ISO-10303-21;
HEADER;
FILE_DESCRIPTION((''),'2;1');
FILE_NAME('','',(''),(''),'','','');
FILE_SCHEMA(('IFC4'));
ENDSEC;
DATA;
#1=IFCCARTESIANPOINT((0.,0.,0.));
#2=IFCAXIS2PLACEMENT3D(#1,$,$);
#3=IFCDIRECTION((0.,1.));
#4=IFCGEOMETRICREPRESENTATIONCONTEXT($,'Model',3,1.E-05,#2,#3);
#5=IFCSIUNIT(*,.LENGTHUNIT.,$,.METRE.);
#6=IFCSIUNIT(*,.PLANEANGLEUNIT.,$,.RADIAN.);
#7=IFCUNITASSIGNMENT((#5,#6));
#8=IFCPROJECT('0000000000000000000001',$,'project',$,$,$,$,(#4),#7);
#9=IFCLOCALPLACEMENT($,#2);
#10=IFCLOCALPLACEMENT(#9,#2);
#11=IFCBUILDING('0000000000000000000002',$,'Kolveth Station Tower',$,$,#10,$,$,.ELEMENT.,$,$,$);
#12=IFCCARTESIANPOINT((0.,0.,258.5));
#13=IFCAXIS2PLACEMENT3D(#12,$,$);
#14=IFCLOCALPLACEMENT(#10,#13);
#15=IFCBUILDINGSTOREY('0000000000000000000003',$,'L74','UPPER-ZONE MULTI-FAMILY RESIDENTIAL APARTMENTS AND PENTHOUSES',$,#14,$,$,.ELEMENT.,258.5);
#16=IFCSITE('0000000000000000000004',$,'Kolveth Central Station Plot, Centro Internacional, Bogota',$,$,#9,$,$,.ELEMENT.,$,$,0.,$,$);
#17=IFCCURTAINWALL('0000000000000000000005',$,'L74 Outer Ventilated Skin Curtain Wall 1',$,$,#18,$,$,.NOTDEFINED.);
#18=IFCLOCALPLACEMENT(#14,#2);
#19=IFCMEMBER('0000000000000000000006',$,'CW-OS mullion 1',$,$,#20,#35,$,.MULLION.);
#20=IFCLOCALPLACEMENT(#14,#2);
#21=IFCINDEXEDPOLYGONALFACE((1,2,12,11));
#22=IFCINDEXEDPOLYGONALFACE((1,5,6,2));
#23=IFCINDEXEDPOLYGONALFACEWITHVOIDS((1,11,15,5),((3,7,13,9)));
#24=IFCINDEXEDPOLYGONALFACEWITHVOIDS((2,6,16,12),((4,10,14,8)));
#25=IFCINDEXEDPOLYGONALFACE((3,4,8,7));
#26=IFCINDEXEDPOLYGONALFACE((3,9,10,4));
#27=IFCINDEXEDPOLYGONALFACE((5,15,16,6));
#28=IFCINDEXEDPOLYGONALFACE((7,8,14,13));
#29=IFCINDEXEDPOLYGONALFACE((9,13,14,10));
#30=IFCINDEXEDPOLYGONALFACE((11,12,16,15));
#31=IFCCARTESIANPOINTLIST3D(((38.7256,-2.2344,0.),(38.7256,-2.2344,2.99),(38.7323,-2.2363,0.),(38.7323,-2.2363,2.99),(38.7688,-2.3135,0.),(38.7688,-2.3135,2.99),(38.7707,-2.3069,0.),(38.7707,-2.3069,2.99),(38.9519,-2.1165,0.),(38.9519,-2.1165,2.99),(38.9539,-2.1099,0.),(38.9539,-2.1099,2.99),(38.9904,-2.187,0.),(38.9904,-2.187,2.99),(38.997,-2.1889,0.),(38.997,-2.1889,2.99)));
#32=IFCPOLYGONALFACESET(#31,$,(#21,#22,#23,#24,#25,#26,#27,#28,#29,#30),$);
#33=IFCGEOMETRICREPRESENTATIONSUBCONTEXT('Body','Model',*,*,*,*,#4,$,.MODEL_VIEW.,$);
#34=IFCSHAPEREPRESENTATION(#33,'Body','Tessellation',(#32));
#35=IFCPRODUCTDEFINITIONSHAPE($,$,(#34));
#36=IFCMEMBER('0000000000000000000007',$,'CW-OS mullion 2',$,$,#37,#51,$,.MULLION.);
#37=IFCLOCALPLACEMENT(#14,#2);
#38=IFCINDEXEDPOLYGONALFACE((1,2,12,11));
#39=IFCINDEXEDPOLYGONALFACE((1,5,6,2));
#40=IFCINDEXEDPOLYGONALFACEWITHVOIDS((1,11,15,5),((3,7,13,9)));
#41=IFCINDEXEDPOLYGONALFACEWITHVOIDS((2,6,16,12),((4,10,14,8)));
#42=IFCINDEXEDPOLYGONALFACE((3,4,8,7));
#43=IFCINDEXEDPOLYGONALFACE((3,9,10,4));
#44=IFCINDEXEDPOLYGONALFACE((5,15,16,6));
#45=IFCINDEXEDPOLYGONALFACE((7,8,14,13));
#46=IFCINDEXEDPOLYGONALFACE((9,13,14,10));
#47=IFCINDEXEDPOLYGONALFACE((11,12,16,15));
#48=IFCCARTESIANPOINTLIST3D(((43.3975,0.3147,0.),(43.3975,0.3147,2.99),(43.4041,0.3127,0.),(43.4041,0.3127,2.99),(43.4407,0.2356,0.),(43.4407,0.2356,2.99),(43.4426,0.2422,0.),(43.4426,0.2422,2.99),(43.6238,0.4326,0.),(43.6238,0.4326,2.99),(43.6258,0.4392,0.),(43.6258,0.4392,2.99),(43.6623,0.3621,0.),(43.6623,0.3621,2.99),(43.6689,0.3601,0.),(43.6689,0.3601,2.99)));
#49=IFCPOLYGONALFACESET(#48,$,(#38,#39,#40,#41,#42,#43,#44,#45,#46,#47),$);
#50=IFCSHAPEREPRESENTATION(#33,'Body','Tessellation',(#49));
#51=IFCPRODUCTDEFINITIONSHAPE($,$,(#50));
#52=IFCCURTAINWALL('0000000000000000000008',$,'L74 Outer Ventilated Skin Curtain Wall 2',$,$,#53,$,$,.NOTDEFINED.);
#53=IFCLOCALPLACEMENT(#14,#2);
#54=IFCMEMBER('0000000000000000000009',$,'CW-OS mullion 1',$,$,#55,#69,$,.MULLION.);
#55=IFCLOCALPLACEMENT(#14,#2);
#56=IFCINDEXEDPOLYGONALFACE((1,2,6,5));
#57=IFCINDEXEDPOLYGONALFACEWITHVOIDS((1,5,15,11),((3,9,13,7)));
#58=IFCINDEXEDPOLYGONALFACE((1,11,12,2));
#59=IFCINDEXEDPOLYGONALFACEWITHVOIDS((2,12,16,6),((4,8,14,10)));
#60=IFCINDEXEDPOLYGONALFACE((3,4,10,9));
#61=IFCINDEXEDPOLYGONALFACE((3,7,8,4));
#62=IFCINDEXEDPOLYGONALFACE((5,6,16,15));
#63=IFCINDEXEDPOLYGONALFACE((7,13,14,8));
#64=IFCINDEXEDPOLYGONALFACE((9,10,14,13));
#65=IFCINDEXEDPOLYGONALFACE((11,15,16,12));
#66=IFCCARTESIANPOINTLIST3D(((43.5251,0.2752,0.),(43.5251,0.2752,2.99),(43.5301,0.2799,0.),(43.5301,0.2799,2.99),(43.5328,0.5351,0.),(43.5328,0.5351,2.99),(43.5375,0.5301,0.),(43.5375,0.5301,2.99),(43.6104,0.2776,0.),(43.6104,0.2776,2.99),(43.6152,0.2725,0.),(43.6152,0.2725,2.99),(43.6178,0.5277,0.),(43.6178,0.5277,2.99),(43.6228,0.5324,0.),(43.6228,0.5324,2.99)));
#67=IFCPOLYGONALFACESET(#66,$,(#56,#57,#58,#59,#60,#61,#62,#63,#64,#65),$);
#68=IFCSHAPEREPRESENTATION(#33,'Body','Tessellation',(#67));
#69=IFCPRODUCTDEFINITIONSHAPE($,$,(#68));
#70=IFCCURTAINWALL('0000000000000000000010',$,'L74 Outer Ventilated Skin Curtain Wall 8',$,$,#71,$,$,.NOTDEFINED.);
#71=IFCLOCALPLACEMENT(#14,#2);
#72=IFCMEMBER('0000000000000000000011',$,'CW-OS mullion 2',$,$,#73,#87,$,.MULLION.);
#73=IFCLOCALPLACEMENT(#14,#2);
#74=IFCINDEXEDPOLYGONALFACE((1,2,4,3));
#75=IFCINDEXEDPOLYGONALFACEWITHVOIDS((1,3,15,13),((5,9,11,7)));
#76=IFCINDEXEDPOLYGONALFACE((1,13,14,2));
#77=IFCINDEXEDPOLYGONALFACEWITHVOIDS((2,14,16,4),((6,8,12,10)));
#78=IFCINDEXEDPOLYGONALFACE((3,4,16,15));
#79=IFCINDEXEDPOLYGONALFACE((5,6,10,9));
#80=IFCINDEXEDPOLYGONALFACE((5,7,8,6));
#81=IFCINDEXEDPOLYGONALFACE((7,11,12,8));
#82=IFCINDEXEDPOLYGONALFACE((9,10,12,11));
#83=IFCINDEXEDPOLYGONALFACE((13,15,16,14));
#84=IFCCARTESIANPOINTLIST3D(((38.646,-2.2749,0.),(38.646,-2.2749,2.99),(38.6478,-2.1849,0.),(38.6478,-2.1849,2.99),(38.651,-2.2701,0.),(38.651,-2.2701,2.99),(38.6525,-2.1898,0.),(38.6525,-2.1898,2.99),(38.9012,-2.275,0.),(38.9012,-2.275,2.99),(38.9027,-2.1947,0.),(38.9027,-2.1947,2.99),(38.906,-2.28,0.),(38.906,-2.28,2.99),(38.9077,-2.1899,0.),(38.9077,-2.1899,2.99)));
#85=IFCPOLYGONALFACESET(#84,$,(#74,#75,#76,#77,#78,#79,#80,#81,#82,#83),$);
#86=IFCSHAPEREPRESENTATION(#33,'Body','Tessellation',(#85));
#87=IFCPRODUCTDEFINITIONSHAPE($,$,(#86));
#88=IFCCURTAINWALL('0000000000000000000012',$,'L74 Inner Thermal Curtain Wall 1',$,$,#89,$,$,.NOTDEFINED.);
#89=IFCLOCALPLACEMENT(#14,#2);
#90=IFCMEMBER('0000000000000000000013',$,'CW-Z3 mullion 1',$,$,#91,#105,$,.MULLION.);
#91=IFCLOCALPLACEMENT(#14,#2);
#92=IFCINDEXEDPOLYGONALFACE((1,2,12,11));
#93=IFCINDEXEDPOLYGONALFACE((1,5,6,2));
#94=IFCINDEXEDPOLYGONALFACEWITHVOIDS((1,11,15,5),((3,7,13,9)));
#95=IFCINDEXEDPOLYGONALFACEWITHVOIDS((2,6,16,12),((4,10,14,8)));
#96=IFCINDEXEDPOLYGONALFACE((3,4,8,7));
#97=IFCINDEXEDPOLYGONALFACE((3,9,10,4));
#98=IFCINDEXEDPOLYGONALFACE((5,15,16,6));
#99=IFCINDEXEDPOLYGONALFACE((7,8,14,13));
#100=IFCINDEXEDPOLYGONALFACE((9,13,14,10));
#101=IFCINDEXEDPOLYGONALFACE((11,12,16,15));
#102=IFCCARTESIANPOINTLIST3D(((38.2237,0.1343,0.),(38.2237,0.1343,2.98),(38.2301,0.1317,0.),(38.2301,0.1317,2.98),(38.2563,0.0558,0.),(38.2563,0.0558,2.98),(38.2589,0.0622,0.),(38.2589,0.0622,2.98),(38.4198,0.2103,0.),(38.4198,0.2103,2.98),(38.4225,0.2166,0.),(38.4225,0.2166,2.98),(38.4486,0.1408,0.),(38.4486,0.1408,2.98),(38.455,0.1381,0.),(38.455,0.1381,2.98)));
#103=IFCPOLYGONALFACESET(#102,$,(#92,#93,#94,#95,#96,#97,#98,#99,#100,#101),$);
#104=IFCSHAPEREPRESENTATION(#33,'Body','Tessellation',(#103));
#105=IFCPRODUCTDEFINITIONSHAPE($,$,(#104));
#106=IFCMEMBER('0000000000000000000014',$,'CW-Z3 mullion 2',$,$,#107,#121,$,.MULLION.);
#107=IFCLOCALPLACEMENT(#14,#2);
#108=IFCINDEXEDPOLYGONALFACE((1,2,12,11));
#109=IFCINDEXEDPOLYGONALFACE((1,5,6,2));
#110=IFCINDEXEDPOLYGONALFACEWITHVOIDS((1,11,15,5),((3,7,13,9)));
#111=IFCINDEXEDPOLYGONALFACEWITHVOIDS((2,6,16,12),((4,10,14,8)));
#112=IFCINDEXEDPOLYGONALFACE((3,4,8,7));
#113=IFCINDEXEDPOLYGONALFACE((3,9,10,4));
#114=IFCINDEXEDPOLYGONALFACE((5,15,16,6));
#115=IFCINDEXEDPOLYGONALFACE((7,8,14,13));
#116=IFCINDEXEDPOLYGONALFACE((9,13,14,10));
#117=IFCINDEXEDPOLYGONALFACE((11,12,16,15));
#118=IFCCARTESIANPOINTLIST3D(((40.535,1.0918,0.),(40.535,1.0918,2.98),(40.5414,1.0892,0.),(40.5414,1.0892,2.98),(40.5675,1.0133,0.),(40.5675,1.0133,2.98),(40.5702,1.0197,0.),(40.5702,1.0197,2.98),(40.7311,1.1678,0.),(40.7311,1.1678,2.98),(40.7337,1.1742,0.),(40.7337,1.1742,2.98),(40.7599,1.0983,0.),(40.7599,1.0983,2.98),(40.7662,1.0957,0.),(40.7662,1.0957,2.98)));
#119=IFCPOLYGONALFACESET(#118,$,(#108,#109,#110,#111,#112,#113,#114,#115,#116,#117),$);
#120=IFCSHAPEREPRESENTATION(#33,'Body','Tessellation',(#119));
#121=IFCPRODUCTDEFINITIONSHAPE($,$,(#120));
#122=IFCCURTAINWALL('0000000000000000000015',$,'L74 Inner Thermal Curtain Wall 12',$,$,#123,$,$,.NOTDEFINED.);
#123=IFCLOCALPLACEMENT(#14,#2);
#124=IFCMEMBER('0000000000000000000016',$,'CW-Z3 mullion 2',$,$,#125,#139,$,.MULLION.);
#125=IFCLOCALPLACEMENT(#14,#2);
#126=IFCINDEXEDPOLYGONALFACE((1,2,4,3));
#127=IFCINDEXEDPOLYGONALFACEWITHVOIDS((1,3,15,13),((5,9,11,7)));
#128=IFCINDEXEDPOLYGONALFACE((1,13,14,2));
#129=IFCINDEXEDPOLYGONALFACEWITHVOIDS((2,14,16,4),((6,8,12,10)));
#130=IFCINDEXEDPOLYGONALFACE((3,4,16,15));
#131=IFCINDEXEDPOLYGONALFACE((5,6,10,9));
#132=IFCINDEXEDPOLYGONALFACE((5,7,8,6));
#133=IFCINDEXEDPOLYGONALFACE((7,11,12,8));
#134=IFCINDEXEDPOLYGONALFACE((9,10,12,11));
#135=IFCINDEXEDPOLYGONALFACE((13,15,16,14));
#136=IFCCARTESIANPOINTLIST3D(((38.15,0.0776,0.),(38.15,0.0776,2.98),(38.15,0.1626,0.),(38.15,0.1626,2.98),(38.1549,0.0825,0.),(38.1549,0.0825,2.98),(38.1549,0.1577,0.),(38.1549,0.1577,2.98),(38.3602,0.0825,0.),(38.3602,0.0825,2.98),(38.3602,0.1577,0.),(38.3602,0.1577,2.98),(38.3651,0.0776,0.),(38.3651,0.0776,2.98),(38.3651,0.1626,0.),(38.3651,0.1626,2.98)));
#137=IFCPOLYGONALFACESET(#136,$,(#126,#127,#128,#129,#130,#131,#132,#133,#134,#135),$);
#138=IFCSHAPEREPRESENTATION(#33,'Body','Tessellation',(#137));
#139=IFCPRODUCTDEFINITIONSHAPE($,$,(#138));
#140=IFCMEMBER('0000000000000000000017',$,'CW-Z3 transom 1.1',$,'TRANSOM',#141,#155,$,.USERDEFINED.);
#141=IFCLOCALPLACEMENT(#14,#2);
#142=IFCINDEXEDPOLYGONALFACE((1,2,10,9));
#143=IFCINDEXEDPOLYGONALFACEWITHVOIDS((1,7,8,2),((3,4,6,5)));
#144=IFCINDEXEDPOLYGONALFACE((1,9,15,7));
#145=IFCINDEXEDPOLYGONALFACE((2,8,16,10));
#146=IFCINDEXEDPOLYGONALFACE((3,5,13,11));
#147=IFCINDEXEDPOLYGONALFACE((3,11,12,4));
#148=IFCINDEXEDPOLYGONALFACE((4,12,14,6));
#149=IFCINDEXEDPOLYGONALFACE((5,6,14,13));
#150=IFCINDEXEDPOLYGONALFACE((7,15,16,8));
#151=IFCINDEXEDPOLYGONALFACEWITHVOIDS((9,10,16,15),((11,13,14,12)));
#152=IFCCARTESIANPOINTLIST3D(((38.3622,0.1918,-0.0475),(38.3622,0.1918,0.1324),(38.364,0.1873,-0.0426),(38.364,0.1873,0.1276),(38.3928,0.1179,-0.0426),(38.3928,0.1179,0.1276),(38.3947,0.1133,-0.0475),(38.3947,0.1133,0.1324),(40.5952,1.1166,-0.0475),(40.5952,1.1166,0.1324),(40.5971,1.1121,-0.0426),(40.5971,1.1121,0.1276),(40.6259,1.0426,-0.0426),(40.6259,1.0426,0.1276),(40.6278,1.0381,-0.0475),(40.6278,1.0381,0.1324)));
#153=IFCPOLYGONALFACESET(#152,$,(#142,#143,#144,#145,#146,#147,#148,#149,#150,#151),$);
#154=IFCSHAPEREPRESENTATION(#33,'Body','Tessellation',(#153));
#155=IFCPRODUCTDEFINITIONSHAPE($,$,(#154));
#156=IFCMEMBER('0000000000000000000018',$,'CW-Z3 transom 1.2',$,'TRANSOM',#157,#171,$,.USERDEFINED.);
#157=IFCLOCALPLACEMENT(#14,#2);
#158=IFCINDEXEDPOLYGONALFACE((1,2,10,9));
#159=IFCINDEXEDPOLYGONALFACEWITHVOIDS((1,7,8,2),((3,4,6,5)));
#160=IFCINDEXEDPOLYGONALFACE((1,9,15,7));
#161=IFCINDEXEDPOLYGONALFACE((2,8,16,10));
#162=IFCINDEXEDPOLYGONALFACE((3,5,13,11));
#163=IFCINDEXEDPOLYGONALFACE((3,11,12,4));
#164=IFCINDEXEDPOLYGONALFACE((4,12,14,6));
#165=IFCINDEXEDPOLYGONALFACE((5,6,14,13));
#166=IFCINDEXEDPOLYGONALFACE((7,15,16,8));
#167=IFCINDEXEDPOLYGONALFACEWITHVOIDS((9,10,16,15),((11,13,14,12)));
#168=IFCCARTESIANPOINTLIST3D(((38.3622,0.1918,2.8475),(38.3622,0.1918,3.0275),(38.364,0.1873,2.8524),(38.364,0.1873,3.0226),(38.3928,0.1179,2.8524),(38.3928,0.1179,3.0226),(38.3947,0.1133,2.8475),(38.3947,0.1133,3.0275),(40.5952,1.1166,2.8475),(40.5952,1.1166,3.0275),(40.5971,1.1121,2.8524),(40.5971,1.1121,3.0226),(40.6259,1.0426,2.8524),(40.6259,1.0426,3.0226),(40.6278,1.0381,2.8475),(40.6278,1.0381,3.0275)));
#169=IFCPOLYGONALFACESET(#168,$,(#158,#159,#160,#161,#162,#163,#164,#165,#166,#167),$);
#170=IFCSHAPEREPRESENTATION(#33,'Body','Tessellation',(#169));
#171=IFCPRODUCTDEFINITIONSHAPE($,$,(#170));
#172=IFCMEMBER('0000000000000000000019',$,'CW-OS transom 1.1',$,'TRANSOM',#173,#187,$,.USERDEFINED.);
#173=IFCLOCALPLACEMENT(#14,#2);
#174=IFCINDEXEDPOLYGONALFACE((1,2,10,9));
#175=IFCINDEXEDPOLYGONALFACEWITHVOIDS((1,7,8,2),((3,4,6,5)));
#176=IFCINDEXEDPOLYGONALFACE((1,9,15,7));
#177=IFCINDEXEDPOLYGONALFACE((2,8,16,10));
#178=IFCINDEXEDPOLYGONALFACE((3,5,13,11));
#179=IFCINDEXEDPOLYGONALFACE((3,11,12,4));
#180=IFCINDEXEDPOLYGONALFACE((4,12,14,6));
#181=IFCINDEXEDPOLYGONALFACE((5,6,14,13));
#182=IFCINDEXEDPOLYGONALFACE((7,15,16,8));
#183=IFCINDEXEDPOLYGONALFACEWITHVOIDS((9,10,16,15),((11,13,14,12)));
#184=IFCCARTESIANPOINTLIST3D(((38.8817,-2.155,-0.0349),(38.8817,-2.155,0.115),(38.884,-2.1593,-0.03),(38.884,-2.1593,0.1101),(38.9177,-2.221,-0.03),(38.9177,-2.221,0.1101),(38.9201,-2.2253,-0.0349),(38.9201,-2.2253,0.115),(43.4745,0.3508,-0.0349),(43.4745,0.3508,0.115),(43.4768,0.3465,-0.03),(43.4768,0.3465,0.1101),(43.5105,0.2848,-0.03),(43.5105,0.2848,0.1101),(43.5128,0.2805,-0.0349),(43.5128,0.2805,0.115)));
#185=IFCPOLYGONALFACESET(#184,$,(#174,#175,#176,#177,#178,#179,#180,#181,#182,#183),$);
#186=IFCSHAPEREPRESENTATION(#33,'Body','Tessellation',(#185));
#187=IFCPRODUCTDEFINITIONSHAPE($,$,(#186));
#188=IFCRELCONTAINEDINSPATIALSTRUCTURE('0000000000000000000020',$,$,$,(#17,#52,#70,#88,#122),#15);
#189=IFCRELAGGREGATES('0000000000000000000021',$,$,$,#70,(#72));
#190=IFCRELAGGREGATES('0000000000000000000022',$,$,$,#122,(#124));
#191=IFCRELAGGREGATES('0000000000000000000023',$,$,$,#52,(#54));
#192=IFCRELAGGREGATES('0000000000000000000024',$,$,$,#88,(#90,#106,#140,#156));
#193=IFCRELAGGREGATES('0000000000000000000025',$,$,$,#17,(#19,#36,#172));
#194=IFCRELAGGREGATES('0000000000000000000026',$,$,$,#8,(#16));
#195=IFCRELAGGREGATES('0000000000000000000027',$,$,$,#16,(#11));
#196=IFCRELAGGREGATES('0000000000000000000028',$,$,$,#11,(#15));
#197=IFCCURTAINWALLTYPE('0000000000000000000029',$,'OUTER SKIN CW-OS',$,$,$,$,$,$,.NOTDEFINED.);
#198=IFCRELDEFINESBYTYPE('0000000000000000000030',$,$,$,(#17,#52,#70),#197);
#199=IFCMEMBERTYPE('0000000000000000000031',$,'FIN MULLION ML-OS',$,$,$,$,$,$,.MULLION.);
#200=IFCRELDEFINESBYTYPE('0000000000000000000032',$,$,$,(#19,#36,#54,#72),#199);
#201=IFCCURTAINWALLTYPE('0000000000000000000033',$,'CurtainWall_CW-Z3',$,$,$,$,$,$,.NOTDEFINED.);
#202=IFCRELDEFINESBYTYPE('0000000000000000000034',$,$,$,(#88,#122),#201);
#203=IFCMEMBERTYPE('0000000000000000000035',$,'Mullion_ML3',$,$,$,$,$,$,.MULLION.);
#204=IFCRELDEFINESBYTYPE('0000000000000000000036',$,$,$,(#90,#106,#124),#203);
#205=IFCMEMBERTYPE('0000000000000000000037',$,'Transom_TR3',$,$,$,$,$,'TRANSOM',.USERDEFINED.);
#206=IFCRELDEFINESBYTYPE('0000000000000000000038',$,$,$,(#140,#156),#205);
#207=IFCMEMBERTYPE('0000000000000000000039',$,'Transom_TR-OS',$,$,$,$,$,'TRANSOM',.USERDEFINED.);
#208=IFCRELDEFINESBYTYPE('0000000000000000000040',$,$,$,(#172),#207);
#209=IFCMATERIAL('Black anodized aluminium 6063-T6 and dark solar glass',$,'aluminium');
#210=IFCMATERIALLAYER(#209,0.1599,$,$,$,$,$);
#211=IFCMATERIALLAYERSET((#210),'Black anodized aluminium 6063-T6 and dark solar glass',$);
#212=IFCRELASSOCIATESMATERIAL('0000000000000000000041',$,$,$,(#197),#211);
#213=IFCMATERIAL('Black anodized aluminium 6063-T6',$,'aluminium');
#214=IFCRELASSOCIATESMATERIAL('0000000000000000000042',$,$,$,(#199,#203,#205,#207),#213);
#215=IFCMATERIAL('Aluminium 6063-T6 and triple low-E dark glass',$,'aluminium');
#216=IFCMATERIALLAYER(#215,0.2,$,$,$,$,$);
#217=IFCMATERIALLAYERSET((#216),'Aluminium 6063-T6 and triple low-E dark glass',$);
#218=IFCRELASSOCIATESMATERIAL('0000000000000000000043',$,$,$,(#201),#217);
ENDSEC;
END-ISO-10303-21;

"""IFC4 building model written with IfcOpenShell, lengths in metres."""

from ifc_helpers import new_model, si_unit, direction, frame, origin, origin_2d, place, context, subcontext, project, spatial, hollow_rectangle, extrude, source, transform, mapped, material, layer, layer_set, material_profile, profile_set, type_object, element, aggregate, save


model = new_model("IFC4")

# Units and contexts
model_context = context("Model", 3, precision=1e-05, world=origin(), true_north=direction((0.0, 1.0)))
body_context = subcontext(model_context, "Body", "Model", "MODEL_VIEW")
ifc_project = project(units=[si_unit("LENGTHUNIT", "METRE"), si_unit("PLANEANGLEUNIT", "RADIAN")], contexts=[model_context])

# Site, building, storey
site_placement = place(None, origin())
site = spatial("IfcSite", under=ifc_project, at=site_placement, Name="Kolveth Central Station Plot, Centro Internacional, Bogota", CompositionType="ELEMENT", RefElevation=0.0)
building_placement = place(site_placement, origin())
building = spatial("IfcBuilding", under=site, at=building_placement, Name="Kolveth Station Tower", CompositionType="ELEMENT")
storey_placement = place(building_placement, frame((0.0, 0.0, 258.5)))
storey = spatial("IfcBuildingStorey", under=building, at=storey_placement, Name="L74", Description="UPPER-ZONE MULTI-FAMILY RESIDENTIAL APARTMENTS AND PENTHOUSES", CompositionType="ELEMENT", Elevation=258.5)

# Curtain wall, members
ifc_material_1 = material(Name="Black anodized aluminium 6063-T6 and dark solar glass", Category="aluminium")
ifc_layer_1 = layer(ifc_material_1, 0.1599)
ifc_layer_set_1 = layer_set([ifc_layer_1], Name="Black anodized aluminium 6063-T6 and dark solar glass")
curtain_wall_type_1 = type_object("IfcCurtainWallType", Name="OUTER SKIN CW-OS", PredefinedType="NOTDEFINED", material=ifc_layer_set_1)
curtain_wall_1_placement = place(storey_placement, origin())
curtain_wall_1 = element("IfcCurtainWall", 1, at=curtain_wall_1_placement, inside=storey, type_object=curtain_wall_type_1, Name="L74 Outer Ventilated Skin Curtain Wall 1", PredefinedType="NOTDEFINED")
ifc_material_2 = material(Name="Black anodized aluminium 6063-T6", Category="aluminium")
ifc_material_profile_1 = material_profile(ifc_material_2, hollow_rectangle(XDim=0.0901, YDim=0.26, WallThickness=0.0049, at=origin_2d()), Name="ALU-90x260x5")
ifc_profile_set_1 = profile_set([ifc_material_profile_1], Name="Black anodized aluminium 6063-T6")
member_type_1 = type_object("IfcMemberType", Name="FIN MULLION ML-OS", PredefinedType="MULLION", material=ifc_profile_set_1)
shared_shape_1 = source(origin(), body_context, "Body", "SweptSolid", [
    extrude(hollow_rectangle(XDim=0.0901, YDim=0.26, WallThickness=0.0049, at=origin_2d()), origin(), (0.0, 0.0, 1.0), 2.99),
])
member_1_placement = place(storey_placement, frame((38.8613, -2.2117, 0.0), z_axis=(0.0, 0.0, 1.0), x_axis=(-0.478952, 0.877841, 0.0)))
member_1 = element("IfcMember", 2, at=member_1_placement, type_object=member_type_1, Name="CW-OS mullion 1", PredefinedType="MULLION", context=body_context, shape_type="MappedRepresentation", body=[
    mapped(shared_shape_1, transform((0.0, 0.0, 0.0), x_axis=(1.0, 0.0, 0.0), y_axis=(0.0, 1.0, 0.0), z_axis=(0.0, 0.0, 1.0), scale=1.0)),
])
member_2_placement = place(storey_placement, frame((43.5332, 0.3374, 0.0), z_axis=(0.0, 0.0, 1.0), x_axis=(-0.478952, 0.877841, 0.0)))
member_2 = element("IfcMember", 3, at=member_2_placement, type_object=member_type_1, Name="CW-OS mullion 2", PredefinedType="MULLION", context=body_context, shape_type="MappedRepresentation", body=[
    mapped(shared_shape_1, transform((0.0, 0.0, 0.0), x_axis=(1.0, 0.0, 0.0), y_axis=(0.0, 1.0, 0.0), z_axis=(0.0, 0.0, 1.0), scale=1.0)),
])

# Curtain walls, members
curtain_wall_2_placement = place(storey_placement, origin())
curtain_wall_2 = element("IfcCurtainWall", 4, at=curtain_wall_2_placement, inside=storey, type_object=curtain_wall_type_1, Name="L74 Outer Ventilated Skin Curtain Wall 2", PredefinedType="NOTDEFINED")
member_3_placement = place(storey_placement, frame((43.574, 0.4038, 0.0), z_axis=(0.0, 0.0, 1.0), x_axis=(-0.999567, 0.029433, 0.0)))
member_3 = element("IfcMember", 5, at=member_3_placement, type_object=member_type_1, Name="CW-OS mullion 1", PredefinedType="MULLION", context=body_context, shape_type="MappedRepresentation", body=[
    mapped(shared_shape_1, transform((0.0, 0.0, 0.0), x_axis=(1.0, 0.0, 0.0), y_axis=(0.0, 1.0, 0.0), z_axis=(0.0, 0.0, 1.0), scale=1.0)),
])
curtain_wall_3_placement = place(storey_placement, origin())
curtain_wall_3 = element("IfcCurtainWall", 6, at=curtain_wall_3_placement, inside=storey, type_object=curtain_wall_type_1, Name="L74 Outer Ventilated Skin Curtain Wall 8", PredefinedType="NOTDEFINED")
member_4_placement = place(storey_placement, frame((38.7769, -2.2324, 0.0), z_axis=(0.0, 0.0, 1.0), x_axis=(0.019466, 0.999811, 0.0)))
member_4 = element("IfcMember", 7, at=member_4_placement, type_object=member_type_1, Name="CW-OS mullion 2", PredefinedType="MULLION", context=body_context, shape_type="MappedRepresentation", body=[
    mapped(shared_shape_1, transform((0.0, 0.0, 0.0), x_axis=(1.0, 0.0, 0.0), y_axis=(0.0, 1.0, 0.0), z_axis=(0.0, 0.0, 1.0), scale=1.0)),
])
aggregate(curtain_wall_3, [member_4])

# Curtain wall, members
ifc_material_3 = material(Name="Aluminium 6063-T6 and triple low-E dark glass", Category="aluminium")
ifc_layer_2 = layer(ifc_material_3, 0.2)
ifc_layer_set_2 = layer_set([ifc_layer_2], Name="Aluminium 6063-T6 and triple low-E dark glass")
curtain_wall_type_2 = type_object("IfcCurtainWallType", Name="CurtainWall_CW-Z3", PredefinedType="NOTDEFINED", material=ifc_layer_set_2)
curtain_wall_4_placement = place(storey_placement, origin())
curtain_wall_4 = element("IfcCurtainWall", 8, at=curtain_wall_4_placement, inside=storey, type_object=curtain_wall_type_2, Name="L74 Inner Thermal Curtain Wall 1", PredefinedType="NOTDEFINED")
ifc_material_profile_2 = material_profile(ifc_material_2, hollow_rectangle(XDim=0.085, YDim=0.2151, WallThickness=0.0049, at=origin_2d()), Name="ALU-85x215x5")
ifc_profile_set_2 = profile_set([ifc_material_profile_2], Name="Black anodized aluminium 6063-T6")
member_type_2 = type_object("IfcMemberType", Name="Mullion_ML3", PredefinedType="MULLION", material=ifc_profile_set_2)
shared_shape_2 = source(origin(), body_context, "Body", "SweptSolid", [
    extrude(hollow_rectangle(XDim=0.085, YDim=0.2151, WallThickness=0.0049, at=origin_2d()), origin(), (0.0, 0.0, 1.0), 2.98),
])
member_5_placement = place(storey_placement, frame((38.3394, 0.1362, 0.0), z_axis=(0.0, 0.0, 1.0), x_axis=(-0.382693, 0.923875, 0.0)))
member_5 = element("IfcMember", 9, at=member_5_placement, type_object=member_type_2, Name="CW-Z3 mullion 1", PredefinedType="MULLION", context=body_context, shape_type="MappedRepresentation", body=[
    mapped(shared_shape_2, transform((0.0, 0.0, 0.0), x_axis=(1.0, 0.0, 0.0), y_axis=(0.0, 1.0, 0.0), z_axis=(0.0, 0.0, 1.0), scale=1.0)),
])
member_6_placement = place(storey_placement, frame((40.6506, 1.0938, 0.0), z_axis=(0.0, 0.0, 1.0), x_axis=(-0.382693, 0.923875, 0.0)))
member_6 = element("IfcMember", 10, at=member_6_placement, type_object=member_type_2, Name="CW-Z3 mullion 2", PredefinedType="MULLION", context=body_context, shape_type="MappedRepresentation", body=[
    mapped(shared_shape_2, transform((0.0, 0.0, 0.0), x_axis=(1.0, 0.0, 0.0), y_axis=(0.0, 1.0, 0.0), z_axis=(0.0, 0.0, 1.0), scale=1.0)),
])

# Curtain wall, member
curtain_wall_5_placement = place(storey_placement, origin())
curtain_wall_5 = element("IfcCurtainWall", 11, at=curtain_wall_5_placement, inside=storey, type_object=curtain_wall_type_2, Name="L74 Inner Thermal Curtain Wall 12", PredefinedType="NOTDEFINED")
member_7_placement = place(storey_placement, frame((38.2576, 0.1201, 0.0), z_axis=(0.0, 0.0, 1.0), x_axis=(0.0, 1.0, 0.0)))
member_7 = element("IfcMember", 12, at=member_7_placement, type_object=member_type_2, Name="CW-Z3 mullion 2", PredefinedType="MULLION", context=body_context, shape_type="MappedRepresentation", body=[
    mapped(shared_shape_2, transform((0.0, 0.0, 0.0), x_axis=(1.0, 0.0, 0.0), y_axis=(0.0, 1.0, 0.0), z_axis=(0.0, 0.0, 1.0), scale=1.0)),
])
aggregate(curtain_wall_5, [member_7])

# Members
ifc_material_profile_3 = material_profile(ifc_material_2, hollow_rectangle(XDim=0.085, YDim=0.1799, WallThickness=0.0049, at=origin_2d()), Name="ALU-85x180x5")
ifc_profile_set_3 = profile_set([ifc_material_profile_3], Name="Black anodized aluminium 6063-T6")
member_type_3 = type_object("IfcMemberType", Name="Transom_TR3", ElementType="TRANSOM", PredefinedType="USERDEFINED", material=ifc_profile_set_3)
shared_shape_3 = source(origin(), body_context, "Body", "SweptSolid", [
    extrude(hollow_rectangle(XDim=0.085, YDim=0.1799, WallThickness=0.0049, at=origin_2d()), origin(), (0.0, 0.0, 1.0), 2.417),
])
member_8_placement = place(storey_placement, frame((38.3784, 0.1526, 0.0425), z_axis=(0.923909, 0.382613, 0.0), x_axis=(-0.382613, 0.923909, 0.0)))
member_8 = element("IfcMember", 13, at=member_8_placement, type_object=member_type_3, Name="CW-Z3 transom 1.1", ObjectType="TRANSOM", PredefinedType="USERDEFINED", context=body_context, shape_type="MappedRepresentation", body=[
    mapped(shared_shape_3, transform((0.0, 0.0, 0.0), x_axis=(1.0, 0.0, 0.0), y_axis=(0.0, 1.0, 0.0), z_axis=(0.0, 0.0, 1.0), scale=1.0)),
])
member_9_placement = place(storey_placement, frame((38.3784, 0.1526, 2.9375), z_axis=(0.923909, 0.382613, 0.0), x_axis=(-0.382613, 0.923909, 0.0)))
member_9 = element("IfcMember", 14, at=member_9_placement, type_object=member_type_3, Name="CW-Z3 transom 1.2", ObjectType="TRANSOM", PredefinedType="USERDEFINED", context=body_context, shape_type="MappedRepresentation", body=[
    mapped(shared_shape_3, transform((0.0, 0.0, 0.0), x_axis=(1.0, 0.0, 0.0), y_axis=(0.0, 1.0, 0.0), z_axis=(0.0, 0.0, 1.0), scale=1.0)),
])
ifc_material_profile_4 = material_profile(ifc_material_2, hollow_rectangle(XDim=0.0801, YDim=0.1499, WallThickness=0.0049, at=origin_2d()), Name="ALU-80x150x5")
ifc_profile_set_4 = profile_set([ifc_material_profile_4], Name="Black anodized aluminium 6063-T6")
member_type_4 = type_object("IfcMemberType", Name="Transom_TR-OS", ElementType="TRANSOM", PredefinedType="USERDEFINED", material=ifc_profile_set_4)
shared_shape_4 = source(origin(), body_context, "Body", "SweptSolid", [
    extrude(hollow_rectangle(XDim=0.0801, YDim=0.1499, WallThickness=0.0049, at=origin_2d()), origin(), (0.0, 0.0, 1.0), 5.2319),
])
member_10_placement = place(storey_placement, frame((38.9009, -2.1902, 0.04), z_axis=(0.877839, 0.478957, 0.0), x_axis=(-0.478957, 0.877839, 0.0)))
member_10 = element("IfcMember", 15, at=member_10_placement, type_object=member_type_4, Name="CW-OS transom 1.1", ObjectType="TRANSOM", PredefinedType="USERDEFINED", context=body_context, shape_type="MappedRepresentation", body=[
    mapped(shared_shape_4, transform((0.0, 0.0, 0.0), x_axis=(1.0, 0.0, 0.0), y_axis=(0.0, 1.0, 0.0), z_axis=(0.0, 0.0, 1.0), scale=1.0)),
])
aggregate(curtain_wall_2, [member_3])

aggregate(curtain_wall_4, [member_5, member_6, member_8, member_9])
aggregate(curtain_wall_1, [member_1, member_2, member_10])

save(model, "model.ifc")
